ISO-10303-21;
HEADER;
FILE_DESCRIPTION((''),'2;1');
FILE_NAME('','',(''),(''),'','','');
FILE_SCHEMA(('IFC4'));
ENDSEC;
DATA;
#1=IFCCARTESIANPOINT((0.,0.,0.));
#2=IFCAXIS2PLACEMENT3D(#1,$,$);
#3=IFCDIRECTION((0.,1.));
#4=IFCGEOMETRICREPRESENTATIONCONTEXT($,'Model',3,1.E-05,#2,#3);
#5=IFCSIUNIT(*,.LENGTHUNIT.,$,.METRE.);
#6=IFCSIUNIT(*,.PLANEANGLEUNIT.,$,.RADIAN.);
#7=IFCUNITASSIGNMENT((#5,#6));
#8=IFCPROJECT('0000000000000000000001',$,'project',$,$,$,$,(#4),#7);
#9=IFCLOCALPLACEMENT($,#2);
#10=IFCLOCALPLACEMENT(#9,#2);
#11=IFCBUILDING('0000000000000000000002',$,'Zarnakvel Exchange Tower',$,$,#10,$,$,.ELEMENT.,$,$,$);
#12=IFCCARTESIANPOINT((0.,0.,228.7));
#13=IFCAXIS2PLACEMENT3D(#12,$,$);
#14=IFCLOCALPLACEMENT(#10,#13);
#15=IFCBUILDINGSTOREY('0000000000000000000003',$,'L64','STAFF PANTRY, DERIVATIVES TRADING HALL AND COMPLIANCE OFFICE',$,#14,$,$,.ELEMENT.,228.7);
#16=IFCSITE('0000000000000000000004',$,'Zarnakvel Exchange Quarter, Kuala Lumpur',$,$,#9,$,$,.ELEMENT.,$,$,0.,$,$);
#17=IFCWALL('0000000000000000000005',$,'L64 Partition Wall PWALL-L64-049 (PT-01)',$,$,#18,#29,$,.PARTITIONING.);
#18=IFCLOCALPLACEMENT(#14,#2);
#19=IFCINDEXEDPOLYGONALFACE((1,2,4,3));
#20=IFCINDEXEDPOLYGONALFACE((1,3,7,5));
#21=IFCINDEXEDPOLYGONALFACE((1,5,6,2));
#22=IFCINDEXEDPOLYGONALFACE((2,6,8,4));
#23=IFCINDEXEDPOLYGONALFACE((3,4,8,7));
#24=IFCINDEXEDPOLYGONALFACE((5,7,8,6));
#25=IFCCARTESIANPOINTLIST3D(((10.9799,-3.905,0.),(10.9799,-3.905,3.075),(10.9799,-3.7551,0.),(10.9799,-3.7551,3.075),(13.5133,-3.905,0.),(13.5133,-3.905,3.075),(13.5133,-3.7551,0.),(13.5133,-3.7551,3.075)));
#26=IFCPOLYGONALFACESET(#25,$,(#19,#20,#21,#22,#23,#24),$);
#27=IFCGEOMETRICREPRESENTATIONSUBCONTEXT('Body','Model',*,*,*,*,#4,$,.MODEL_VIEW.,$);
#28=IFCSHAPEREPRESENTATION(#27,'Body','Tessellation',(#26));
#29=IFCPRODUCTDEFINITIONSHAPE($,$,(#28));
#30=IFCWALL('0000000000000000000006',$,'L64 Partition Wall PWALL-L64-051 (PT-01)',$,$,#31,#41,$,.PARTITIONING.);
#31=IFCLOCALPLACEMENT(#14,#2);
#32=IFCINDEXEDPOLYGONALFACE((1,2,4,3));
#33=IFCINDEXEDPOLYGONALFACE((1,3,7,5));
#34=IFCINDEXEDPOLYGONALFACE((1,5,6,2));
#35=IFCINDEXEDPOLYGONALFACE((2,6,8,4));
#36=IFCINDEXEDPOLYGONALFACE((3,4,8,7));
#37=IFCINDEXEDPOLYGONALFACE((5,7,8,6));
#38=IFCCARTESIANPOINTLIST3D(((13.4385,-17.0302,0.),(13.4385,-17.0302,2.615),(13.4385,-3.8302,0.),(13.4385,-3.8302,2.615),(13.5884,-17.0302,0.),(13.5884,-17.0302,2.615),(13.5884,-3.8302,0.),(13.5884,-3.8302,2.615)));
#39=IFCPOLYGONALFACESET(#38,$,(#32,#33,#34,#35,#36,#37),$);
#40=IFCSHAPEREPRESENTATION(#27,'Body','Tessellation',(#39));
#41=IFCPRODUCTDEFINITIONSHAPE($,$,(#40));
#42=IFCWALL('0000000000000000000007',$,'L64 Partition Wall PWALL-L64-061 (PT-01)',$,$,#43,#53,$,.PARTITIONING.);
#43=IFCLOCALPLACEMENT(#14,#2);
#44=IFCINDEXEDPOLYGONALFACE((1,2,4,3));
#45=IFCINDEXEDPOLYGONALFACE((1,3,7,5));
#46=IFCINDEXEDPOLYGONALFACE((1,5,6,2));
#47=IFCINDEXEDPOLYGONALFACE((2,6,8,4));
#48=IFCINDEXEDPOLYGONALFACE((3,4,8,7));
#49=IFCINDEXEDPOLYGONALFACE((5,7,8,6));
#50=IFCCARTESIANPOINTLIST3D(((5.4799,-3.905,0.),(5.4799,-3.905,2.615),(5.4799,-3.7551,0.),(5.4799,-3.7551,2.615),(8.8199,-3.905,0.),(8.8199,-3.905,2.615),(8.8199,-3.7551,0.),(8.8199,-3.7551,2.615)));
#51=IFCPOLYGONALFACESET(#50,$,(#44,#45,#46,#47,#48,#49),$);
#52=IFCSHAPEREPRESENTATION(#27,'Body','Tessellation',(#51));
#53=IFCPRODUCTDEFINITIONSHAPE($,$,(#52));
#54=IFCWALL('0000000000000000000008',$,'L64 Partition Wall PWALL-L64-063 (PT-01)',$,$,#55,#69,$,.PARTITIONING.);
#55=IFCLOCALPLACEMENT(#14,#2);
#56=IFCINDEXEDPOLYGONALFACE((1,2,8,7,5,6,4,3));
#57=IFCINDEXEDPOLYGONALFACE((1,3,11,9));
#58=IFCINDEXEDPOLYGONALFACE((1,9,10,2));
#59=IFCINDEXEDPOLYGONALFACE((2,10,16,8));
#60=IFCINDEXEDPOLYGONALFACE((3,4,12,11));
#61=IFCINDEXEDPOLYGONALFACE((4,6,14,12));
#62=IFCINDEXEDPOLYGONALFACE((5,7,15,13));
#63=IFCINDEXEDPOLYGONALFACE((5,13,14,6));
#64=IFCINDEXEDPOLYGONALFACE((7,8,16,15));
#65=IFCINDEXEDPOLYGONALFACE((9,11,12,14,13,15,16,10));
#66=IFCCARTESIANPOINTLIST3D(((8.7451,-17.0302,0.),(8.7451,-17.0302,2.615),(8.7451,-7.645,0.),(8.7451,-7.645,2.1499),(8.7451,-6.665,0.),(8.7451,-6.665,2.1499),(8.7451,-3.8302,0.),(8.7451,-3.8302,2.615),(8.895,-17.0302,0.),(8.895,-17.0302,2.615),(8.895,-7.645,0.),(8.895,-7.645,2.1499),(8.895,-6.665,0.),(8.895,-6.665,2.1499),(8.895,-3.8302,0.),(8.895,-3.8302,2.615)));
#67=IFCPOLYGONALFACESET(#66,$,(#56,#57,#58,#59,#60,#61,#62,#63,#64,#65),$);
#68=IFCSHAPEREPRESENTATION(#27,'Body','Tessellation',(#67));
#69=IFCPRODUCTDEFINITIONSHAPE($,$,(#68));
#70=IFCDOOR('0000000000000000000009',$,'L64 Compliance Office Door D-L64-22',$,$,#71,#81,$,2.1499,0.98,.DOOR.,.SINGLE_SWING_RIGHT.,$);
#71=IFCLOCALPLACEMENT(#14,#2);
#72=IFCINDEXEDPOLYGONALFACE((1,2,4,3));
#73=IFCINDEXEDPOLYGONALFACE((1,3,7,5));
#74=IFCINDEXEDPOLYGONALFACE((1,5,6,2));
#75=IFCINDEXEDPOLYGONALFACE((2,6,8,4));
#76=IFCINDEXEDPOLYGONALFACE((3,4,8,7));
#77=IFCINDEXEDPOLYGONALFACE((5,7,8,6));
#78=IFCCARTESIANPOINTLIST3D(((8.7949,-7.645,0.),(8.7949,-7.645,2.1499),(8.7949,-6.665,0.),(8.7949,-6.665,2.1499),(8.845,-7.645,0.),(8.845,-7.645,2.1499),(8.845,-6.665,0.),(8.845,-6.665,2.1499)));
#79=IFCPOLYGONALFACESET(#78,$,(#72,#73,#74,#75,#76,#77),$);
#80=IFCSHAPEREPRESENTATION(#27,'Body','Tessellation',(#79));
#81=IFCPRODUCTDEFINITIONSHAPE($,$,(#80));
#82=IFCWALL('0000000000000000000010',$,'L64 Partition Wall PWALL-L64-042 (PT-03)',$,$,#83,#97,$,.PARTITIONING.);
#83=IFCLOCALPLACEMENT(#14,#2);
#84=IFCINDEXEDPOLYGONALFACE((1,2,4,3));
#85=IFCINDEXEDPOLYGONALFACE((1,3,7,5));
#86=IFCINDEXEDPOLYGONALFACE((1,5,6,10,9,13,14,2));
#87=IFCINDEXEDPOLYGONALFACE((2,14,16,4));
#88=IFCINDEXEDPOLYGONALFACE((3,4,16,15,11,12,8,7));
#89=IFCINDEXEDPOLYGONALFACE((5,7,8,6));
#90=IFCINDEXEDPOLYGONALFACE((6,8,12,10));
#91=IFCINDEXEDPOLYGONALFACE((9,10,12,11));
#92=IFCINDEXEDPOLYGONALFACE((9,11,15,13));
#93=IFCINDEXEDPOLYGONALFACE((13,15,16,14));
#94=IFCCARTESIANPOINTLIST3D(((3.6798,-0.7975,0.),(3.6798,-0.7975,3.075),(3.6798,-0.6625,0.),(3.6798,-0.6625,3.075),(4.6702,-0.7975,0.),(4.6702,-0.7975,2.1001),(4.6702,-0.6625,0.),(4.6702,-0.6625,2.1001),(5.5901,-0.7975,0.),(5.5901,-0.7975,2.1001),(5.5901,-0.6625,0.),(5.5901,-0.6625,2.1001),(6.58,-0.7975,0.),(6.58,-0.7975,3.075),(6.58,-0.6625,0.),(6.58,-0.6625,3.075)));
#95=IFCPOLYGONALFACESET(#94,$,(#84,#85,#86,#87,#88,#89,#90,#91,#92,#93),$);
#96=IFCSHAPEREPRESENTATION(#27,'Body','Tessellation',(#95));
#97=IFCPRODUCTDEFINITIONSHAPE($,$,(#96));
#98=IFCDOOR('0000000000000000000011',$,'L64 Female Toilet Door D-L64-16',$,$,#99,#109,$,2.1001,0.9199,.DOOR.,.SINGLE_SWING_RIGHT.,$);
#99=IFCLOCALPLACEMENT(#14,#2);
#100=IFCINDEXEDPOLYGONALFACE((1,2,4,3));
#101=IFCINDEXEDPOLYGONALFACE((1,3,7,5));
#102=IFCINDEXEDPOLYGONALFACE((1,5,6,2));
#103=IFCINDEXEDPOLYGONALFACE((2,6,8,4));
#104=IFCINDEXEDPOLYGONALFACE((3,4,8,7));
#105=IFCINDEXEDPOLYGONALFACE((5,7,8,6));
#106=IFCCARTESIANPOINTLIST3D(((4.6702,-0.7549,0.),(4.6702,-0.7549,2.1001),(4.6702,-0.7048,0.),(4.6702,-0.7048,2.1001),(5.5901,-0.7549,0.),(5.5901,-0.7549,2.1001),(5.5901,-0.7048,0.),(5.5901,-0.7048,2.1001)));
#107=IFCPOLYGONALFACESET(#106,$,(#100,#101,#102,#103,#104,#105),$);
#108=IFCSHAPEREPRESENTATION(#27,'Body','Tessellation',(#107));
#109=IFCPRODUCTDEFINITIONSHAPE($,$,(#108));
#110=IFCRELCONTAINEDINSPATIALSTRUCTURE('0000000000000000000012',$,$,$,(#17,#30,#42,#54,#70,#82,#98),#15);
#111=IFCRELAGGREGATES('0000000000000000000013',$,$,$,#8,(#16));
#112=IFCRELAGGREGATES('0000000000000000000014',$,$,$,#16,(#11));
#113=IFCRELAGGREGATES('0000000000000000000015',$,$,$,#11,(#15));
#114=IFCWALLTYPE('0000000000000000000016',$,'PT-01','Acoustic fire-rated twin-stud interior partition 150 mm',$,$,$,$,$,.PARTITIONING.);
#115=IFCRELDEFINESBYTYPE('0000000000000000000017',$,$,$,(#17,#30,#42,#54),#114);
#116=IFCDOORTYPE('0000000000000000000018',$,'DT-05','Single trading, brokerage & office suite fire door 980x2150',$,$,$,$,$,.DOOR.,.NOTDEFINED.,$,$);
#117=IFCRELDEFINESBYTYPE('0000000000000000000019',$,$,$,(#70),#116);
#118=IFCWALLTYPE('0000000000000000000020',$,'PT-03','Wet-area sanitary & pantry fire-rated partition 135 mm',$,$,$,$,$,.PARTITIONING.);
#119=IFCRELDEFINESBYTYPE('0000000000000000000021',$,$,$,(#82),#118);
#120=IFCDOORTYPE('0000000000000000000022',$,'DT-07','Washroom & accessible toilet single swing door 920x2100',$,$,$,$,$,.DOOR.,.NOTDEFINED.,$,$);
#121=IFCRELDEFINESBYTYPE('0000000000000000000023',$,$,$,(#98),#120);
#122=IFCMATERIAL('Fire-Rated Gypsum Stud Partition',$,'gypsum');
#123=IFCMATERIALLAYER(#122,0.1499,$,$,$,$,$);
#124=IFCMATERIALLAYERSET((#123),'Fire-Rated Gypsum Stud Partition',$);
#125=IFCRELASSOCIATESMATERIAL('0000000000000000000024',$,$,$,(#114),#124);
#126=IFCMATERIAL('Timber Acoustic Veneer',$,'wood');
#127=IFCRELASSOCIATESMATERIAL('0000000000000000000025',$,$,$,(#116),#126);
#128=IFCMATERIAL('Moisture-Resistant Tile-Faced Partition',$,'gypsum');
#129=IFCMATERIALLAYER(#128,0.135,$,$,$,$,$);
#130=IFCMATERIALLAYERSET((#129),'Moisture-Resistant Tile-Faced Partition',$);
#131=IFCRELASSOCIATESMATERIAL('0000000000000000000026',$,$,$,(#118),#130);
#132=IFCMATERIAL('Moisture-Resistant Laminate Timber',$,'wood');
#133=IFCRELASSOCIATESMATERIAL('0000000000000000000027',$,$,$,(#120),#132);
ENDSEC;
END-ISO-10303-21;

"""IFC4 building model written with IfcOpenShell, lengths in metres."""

from ifc_helpers import new_model, si_unit, direction, frame, frame_2d, origin, place, context, subcontext, project, spatial, rectangle, extrude, source, transform, mapped, material, layer, layer_set, type_object, element, fill, save


model = new_model("IFC4")

# Units and contexts
model_context = context("Model", 3, precision=1e-05, world=origin(), true_north=direction((0.0, 1.0)))
body_context = subcontext(model_context, "Body", "Model", "MODEL_VIEW")
ifc_project = project(units=[si_unit("LENGTHUNIT", "METRE"), si_unit("PLANEANGLEUNIT", "RADIAN")], contexts=[model_context])

# Site, building, storey
site_placement = place(None, origin())
site = spatial("IfcSite", under=ifc_project, at=site_placement, Name="Zarnakvel Exchange Quarter, Kuala Lumpur", CompositionType="ELEMENT", RefElevation=0.0)
building_placement = place(site_placement, origin())
building = spatial("IfcBuilding", under=site, at=building_placement, Name="Zarnakvel Exchange Tower", CompositionType="ELEMENT")
storey_placement = place(building_placement, frame((0.0, 0.0, 228.7)))
storey = spatial("IfcBuildingStorey", under=building, at=storey_placement, Name="L64", Description="STAFF PANTRY, DERIVATIVES TRADING HALL AND COMPLIANCE OFFICE", CompositionType="ELEMENT", Elevation=228.7)

# Shared definitions
ifc_material_1 = material(Name="Fire-Rated Gypsum Stud Partition", Category="gypsum")
ifc_layer_1 = layer(ifc_material_1, 0.1499)
ifc_layer_set_1 = layer_set([ifc_layer_1], Name="Fire-Rated Gypsum Stud Partition")
wall_type_1 = type_object("IfcWallType", Name="PT-01", Description="Acoustic fire-rated twin-stud interior partition 150 mm", PredefinedType="PARTITIONING", material=ifc_layer_set_1)

# Walls
wall_1_placement = place(storey_placement, frame((10.98, -3.8301, 0.0), z_axis=(0.0, 0.0, 1.0), x_axis=(1.0, 0.0, 0.0)))
element("IfcWall", 1, at=wall_1_placement, inside=storey, type_object=wall_type_1, Name="L64 Partition Wall PWALL-L64-049 (PT-01)", PredefinedType="PARTITIONING", context=body_context, shape_type="SweptSolid", body=[
    extrude(rectangle(XDim=2.5334, YDim=0.1499, at=frame_2d((1.2666, 0.0))), origin(), (0.0, 0.0, 1.0), 3.075),
])
wall_2_placement = place(storey_placement, frame((13.5134, -3.8301, 0.0), z_axis=(0.0, 0.0, 1.0), x_axis=(0.0, -1.0, 0.0)))
element("IfcWall", 2, at=wall_2_placement, inside=storey, type_object=wall_type_1, Name="L64 Partition Wall PWALL-L64-051 (PT-01)", PredefinedType="PARTITIONING", context=body_context, shape_type="SweptSolid", body=[
    extrude(rectangle(XDim=13.2, YDim=0.1499, at=frame_2d((6.6001, 0.0))), origin(), (0.0, 0.0, 1.0), 2.615),
])
wall_3_placement = place(storey_placement, frame((5.48, -3.8301, 0.0), z_axis=(0.0, 0.0, 1.0), x_axis=(1.0, 0.0, 0.0)))
element("IfcWall", 3, at=wall_3_placement, inside=storey, type_object=wall_type_1, Name="L64 Partition Wall PWALL-L64-061 (PT-01)", PredefinedType="PARTITIONING", context=body_context, shape_type="SweptSolid", body=[
    extrude(rectangle(XDim=3.3401, YDim=0.1499, at=frame_2d((1.6699, 0.0))), origin(), (0.0, 0.0, 1.0), 2.615),
])

# Walls, openings, doors
wall_4_placement = place(storey_placement, frame((8.8201, -3.8301, 0.0), z_axis=(0.0, 0.0, 1.0), x_axis=(0.0, -1.0, 0.0)))
wall_4 = element("IfcWall", 4, at=wall_4_placement, inside=storey, type_object=wall_type_1, Name="L64 Partition Wall PWALL-L64-063 (PT-01)", PredefinedType="PARTITIONING", context=body_context, shape_type="SweptSolid", body=[
    extrude(rectangle(XDim=13.2, YDim=0.1499, at=frame_2d((6.6001, 0.0))), origin(), (0.0, 0.0, 1.0), 2.615),
])
opening_1_placement = place(wall_4_placement, frame((2.835, 0.0, 0.0)))
opening_1 = element("IfcOpeningElement", 5, at=opening_1_placement, cuts=wall_4, PredefinedType="OPENING", context=body_context, shape_type="SweptSolid", body=[
    extrude(rectangle(XDim=0.98, YDim=2.1499, at=frame_2d((0.49, 1.075))), frame((0.0, 0.085, 0.0), z_axis=(0.0, -1.0, 0.0), x_axis=(1.0, 0.0, 0.0)), (0.0, 0.0, 1.0), 0.1699),
])
ifc_material_2 = material(Name="Timber Acoustic Veneer", Category="wood")
door_type_1 = type_object("IfcDoorType", Name="DT-05", Description="Single trading, brokerage & office suite fire door 980x2150", OperationType="NOTDEFINED", PredefinedType="DOOR", material=ifc_material_2)
shared_shape_1 = source(origin(), body_context, "Body", "SweptSolid", [
    extrude(rectangle(XDim=0.98, YDim=2.1499, at=frame_2d((0.49, 1.075))), frame((0.0, 0.0249, 0.0), z_axis=(0.0, -1.0, 0.0), x_axis=(1.0, 0.0, 0.0)), (0.0, 0.0, 1.0), 0.05),
])
door_1_placement = place(opening_1_placement, origin())
door_1 = element("IfcDoor", 6, at=door_1_placement, inside=storey, type_object=door_type_1, Name="L64 Compliance Office Door D-L64-22", OperationType="SINGLE_SWING_RIGHT", OverallHeight=2.1499, OverallWidth=0.98, PredefinedType="DOOR", context=body_context, shape_type="MappedRepresentation", body=[
    mapped(shared_shape_1, transform((0.0, 0.0, 0.0), x_axis=(1.0, 0.0, 0.0), y_axis=(0.0, 1.0, 0.0), z_axis=(0.0, 0.0, 1.0), scale=1.0)),
])
fill(opening_1, door_1)
ifc_material_3 = material(Name="Moisture-Resistant Tile-Faced Partition", Category="gypsum")
ifc_layer_2 = layer(ifc_material_3, 0.135)
ifc_layer_set_2 = layer_set([ifc_layer_2], Name="Moisture-Resistant Tile-Faced Partition")
wall_type_2 = type_object("IfcWallType", Name="PT-03", Description="Wet-area sanitary & pantry fire-rated partition 135 mm", PredefinedType="PARTITIONING", material=ifc_layer_set_2)
wall_5_placement = place(storey_placement, frame((6.5801, -0.73, 0.0), z_axis=(0.0, 0.0, 1.0), x_axis=(-1.0, 0.0, 0.0)))
wall_5 = element("IfcWall", 7, at=wall_5_placement, inside=storey, type_object=wall_type_2, Name="L64 Partition Wall PWALL-L64-042 (PT-03)", PredefinedType="PARTITIONING", context=body_context, shape_type="SweptSolid", body=[
    extrude(rectangle(XDim=2.9001, YDim=0.135, at=frame_2d((1.4502, 0.0))), origin(), (0.0, 0.0, 1.0), 3.075),
])
opening_2_placement = place(wall_5_placement, frame((0.99, 0.0, 0.0)))
opening_2 = element("IfcOpeningElement", 8, at=opening_2_placement, cuts=wall_5, PredefinedType="OPENING", context=body_context, shape_type="SweptSolid", body=[
    extrude(rectangle(XDim=0.9199, YDim=2.1001, at=frame_2d((0.46, 1.05))), frame((0.0, 0.0774, 0.0), z_axis=(0.0, -1.0, 0.0), x_axis=(1.0, 0.0, 0.0)), (0.0, 0.0, 1.0), 0.155),
])
ifc_material_4 = material(Name="Moisture-Resistant Laminate Timber", Category="wood")
door_type_2 = type_object("IfcDoorType", Name="DT-07", Description="Washroom & accessible toilet single swing door 920x2100", OperationType="NOTDEFINED", PredefinedType="DOOR", material=ifc_material_4)
shared_shape_2 = source(origin(), body_context, "Body", "SweptSolid", [
    extrude(rectangle(XDim=0.9199, YDim=2.1001, at=frame_2d((0.46, 1.05))), frame((0.0, 0.0249, 0.0), z_axis=(0.0, -1.0, 0.0), x_axis=(1.0, 0.0, 0.0)), (0.0, 0.0, 1.0), 0.05),
])
door_2_placement = place(opening_2_placement, origin())
door_2 = element("IfcDoor", 9, at=door_2_placement, inside=storey, type_object=door_type_2, Name="L64 Female Toilet Door D-L64-16", OperationType="SINGLE_SWING_RIGHT", OverallHeight=2.1001, OverallWidth=0.9199, PredefinedType="DOOR", context=body_context, shape_type="MappedRepresentation", body=[
    mapped(shared_shape_2, transform((0.0, 0.0, 0.0), x_axis=(1.0, 0.0, 0.0), y_axis=(0.0, 1.0, 0.0), z_axis=(0.0, 0.0, 1.0), scale=1.0)),
])
fill(opening_2, door_2)

save(model, "model.ifc")
